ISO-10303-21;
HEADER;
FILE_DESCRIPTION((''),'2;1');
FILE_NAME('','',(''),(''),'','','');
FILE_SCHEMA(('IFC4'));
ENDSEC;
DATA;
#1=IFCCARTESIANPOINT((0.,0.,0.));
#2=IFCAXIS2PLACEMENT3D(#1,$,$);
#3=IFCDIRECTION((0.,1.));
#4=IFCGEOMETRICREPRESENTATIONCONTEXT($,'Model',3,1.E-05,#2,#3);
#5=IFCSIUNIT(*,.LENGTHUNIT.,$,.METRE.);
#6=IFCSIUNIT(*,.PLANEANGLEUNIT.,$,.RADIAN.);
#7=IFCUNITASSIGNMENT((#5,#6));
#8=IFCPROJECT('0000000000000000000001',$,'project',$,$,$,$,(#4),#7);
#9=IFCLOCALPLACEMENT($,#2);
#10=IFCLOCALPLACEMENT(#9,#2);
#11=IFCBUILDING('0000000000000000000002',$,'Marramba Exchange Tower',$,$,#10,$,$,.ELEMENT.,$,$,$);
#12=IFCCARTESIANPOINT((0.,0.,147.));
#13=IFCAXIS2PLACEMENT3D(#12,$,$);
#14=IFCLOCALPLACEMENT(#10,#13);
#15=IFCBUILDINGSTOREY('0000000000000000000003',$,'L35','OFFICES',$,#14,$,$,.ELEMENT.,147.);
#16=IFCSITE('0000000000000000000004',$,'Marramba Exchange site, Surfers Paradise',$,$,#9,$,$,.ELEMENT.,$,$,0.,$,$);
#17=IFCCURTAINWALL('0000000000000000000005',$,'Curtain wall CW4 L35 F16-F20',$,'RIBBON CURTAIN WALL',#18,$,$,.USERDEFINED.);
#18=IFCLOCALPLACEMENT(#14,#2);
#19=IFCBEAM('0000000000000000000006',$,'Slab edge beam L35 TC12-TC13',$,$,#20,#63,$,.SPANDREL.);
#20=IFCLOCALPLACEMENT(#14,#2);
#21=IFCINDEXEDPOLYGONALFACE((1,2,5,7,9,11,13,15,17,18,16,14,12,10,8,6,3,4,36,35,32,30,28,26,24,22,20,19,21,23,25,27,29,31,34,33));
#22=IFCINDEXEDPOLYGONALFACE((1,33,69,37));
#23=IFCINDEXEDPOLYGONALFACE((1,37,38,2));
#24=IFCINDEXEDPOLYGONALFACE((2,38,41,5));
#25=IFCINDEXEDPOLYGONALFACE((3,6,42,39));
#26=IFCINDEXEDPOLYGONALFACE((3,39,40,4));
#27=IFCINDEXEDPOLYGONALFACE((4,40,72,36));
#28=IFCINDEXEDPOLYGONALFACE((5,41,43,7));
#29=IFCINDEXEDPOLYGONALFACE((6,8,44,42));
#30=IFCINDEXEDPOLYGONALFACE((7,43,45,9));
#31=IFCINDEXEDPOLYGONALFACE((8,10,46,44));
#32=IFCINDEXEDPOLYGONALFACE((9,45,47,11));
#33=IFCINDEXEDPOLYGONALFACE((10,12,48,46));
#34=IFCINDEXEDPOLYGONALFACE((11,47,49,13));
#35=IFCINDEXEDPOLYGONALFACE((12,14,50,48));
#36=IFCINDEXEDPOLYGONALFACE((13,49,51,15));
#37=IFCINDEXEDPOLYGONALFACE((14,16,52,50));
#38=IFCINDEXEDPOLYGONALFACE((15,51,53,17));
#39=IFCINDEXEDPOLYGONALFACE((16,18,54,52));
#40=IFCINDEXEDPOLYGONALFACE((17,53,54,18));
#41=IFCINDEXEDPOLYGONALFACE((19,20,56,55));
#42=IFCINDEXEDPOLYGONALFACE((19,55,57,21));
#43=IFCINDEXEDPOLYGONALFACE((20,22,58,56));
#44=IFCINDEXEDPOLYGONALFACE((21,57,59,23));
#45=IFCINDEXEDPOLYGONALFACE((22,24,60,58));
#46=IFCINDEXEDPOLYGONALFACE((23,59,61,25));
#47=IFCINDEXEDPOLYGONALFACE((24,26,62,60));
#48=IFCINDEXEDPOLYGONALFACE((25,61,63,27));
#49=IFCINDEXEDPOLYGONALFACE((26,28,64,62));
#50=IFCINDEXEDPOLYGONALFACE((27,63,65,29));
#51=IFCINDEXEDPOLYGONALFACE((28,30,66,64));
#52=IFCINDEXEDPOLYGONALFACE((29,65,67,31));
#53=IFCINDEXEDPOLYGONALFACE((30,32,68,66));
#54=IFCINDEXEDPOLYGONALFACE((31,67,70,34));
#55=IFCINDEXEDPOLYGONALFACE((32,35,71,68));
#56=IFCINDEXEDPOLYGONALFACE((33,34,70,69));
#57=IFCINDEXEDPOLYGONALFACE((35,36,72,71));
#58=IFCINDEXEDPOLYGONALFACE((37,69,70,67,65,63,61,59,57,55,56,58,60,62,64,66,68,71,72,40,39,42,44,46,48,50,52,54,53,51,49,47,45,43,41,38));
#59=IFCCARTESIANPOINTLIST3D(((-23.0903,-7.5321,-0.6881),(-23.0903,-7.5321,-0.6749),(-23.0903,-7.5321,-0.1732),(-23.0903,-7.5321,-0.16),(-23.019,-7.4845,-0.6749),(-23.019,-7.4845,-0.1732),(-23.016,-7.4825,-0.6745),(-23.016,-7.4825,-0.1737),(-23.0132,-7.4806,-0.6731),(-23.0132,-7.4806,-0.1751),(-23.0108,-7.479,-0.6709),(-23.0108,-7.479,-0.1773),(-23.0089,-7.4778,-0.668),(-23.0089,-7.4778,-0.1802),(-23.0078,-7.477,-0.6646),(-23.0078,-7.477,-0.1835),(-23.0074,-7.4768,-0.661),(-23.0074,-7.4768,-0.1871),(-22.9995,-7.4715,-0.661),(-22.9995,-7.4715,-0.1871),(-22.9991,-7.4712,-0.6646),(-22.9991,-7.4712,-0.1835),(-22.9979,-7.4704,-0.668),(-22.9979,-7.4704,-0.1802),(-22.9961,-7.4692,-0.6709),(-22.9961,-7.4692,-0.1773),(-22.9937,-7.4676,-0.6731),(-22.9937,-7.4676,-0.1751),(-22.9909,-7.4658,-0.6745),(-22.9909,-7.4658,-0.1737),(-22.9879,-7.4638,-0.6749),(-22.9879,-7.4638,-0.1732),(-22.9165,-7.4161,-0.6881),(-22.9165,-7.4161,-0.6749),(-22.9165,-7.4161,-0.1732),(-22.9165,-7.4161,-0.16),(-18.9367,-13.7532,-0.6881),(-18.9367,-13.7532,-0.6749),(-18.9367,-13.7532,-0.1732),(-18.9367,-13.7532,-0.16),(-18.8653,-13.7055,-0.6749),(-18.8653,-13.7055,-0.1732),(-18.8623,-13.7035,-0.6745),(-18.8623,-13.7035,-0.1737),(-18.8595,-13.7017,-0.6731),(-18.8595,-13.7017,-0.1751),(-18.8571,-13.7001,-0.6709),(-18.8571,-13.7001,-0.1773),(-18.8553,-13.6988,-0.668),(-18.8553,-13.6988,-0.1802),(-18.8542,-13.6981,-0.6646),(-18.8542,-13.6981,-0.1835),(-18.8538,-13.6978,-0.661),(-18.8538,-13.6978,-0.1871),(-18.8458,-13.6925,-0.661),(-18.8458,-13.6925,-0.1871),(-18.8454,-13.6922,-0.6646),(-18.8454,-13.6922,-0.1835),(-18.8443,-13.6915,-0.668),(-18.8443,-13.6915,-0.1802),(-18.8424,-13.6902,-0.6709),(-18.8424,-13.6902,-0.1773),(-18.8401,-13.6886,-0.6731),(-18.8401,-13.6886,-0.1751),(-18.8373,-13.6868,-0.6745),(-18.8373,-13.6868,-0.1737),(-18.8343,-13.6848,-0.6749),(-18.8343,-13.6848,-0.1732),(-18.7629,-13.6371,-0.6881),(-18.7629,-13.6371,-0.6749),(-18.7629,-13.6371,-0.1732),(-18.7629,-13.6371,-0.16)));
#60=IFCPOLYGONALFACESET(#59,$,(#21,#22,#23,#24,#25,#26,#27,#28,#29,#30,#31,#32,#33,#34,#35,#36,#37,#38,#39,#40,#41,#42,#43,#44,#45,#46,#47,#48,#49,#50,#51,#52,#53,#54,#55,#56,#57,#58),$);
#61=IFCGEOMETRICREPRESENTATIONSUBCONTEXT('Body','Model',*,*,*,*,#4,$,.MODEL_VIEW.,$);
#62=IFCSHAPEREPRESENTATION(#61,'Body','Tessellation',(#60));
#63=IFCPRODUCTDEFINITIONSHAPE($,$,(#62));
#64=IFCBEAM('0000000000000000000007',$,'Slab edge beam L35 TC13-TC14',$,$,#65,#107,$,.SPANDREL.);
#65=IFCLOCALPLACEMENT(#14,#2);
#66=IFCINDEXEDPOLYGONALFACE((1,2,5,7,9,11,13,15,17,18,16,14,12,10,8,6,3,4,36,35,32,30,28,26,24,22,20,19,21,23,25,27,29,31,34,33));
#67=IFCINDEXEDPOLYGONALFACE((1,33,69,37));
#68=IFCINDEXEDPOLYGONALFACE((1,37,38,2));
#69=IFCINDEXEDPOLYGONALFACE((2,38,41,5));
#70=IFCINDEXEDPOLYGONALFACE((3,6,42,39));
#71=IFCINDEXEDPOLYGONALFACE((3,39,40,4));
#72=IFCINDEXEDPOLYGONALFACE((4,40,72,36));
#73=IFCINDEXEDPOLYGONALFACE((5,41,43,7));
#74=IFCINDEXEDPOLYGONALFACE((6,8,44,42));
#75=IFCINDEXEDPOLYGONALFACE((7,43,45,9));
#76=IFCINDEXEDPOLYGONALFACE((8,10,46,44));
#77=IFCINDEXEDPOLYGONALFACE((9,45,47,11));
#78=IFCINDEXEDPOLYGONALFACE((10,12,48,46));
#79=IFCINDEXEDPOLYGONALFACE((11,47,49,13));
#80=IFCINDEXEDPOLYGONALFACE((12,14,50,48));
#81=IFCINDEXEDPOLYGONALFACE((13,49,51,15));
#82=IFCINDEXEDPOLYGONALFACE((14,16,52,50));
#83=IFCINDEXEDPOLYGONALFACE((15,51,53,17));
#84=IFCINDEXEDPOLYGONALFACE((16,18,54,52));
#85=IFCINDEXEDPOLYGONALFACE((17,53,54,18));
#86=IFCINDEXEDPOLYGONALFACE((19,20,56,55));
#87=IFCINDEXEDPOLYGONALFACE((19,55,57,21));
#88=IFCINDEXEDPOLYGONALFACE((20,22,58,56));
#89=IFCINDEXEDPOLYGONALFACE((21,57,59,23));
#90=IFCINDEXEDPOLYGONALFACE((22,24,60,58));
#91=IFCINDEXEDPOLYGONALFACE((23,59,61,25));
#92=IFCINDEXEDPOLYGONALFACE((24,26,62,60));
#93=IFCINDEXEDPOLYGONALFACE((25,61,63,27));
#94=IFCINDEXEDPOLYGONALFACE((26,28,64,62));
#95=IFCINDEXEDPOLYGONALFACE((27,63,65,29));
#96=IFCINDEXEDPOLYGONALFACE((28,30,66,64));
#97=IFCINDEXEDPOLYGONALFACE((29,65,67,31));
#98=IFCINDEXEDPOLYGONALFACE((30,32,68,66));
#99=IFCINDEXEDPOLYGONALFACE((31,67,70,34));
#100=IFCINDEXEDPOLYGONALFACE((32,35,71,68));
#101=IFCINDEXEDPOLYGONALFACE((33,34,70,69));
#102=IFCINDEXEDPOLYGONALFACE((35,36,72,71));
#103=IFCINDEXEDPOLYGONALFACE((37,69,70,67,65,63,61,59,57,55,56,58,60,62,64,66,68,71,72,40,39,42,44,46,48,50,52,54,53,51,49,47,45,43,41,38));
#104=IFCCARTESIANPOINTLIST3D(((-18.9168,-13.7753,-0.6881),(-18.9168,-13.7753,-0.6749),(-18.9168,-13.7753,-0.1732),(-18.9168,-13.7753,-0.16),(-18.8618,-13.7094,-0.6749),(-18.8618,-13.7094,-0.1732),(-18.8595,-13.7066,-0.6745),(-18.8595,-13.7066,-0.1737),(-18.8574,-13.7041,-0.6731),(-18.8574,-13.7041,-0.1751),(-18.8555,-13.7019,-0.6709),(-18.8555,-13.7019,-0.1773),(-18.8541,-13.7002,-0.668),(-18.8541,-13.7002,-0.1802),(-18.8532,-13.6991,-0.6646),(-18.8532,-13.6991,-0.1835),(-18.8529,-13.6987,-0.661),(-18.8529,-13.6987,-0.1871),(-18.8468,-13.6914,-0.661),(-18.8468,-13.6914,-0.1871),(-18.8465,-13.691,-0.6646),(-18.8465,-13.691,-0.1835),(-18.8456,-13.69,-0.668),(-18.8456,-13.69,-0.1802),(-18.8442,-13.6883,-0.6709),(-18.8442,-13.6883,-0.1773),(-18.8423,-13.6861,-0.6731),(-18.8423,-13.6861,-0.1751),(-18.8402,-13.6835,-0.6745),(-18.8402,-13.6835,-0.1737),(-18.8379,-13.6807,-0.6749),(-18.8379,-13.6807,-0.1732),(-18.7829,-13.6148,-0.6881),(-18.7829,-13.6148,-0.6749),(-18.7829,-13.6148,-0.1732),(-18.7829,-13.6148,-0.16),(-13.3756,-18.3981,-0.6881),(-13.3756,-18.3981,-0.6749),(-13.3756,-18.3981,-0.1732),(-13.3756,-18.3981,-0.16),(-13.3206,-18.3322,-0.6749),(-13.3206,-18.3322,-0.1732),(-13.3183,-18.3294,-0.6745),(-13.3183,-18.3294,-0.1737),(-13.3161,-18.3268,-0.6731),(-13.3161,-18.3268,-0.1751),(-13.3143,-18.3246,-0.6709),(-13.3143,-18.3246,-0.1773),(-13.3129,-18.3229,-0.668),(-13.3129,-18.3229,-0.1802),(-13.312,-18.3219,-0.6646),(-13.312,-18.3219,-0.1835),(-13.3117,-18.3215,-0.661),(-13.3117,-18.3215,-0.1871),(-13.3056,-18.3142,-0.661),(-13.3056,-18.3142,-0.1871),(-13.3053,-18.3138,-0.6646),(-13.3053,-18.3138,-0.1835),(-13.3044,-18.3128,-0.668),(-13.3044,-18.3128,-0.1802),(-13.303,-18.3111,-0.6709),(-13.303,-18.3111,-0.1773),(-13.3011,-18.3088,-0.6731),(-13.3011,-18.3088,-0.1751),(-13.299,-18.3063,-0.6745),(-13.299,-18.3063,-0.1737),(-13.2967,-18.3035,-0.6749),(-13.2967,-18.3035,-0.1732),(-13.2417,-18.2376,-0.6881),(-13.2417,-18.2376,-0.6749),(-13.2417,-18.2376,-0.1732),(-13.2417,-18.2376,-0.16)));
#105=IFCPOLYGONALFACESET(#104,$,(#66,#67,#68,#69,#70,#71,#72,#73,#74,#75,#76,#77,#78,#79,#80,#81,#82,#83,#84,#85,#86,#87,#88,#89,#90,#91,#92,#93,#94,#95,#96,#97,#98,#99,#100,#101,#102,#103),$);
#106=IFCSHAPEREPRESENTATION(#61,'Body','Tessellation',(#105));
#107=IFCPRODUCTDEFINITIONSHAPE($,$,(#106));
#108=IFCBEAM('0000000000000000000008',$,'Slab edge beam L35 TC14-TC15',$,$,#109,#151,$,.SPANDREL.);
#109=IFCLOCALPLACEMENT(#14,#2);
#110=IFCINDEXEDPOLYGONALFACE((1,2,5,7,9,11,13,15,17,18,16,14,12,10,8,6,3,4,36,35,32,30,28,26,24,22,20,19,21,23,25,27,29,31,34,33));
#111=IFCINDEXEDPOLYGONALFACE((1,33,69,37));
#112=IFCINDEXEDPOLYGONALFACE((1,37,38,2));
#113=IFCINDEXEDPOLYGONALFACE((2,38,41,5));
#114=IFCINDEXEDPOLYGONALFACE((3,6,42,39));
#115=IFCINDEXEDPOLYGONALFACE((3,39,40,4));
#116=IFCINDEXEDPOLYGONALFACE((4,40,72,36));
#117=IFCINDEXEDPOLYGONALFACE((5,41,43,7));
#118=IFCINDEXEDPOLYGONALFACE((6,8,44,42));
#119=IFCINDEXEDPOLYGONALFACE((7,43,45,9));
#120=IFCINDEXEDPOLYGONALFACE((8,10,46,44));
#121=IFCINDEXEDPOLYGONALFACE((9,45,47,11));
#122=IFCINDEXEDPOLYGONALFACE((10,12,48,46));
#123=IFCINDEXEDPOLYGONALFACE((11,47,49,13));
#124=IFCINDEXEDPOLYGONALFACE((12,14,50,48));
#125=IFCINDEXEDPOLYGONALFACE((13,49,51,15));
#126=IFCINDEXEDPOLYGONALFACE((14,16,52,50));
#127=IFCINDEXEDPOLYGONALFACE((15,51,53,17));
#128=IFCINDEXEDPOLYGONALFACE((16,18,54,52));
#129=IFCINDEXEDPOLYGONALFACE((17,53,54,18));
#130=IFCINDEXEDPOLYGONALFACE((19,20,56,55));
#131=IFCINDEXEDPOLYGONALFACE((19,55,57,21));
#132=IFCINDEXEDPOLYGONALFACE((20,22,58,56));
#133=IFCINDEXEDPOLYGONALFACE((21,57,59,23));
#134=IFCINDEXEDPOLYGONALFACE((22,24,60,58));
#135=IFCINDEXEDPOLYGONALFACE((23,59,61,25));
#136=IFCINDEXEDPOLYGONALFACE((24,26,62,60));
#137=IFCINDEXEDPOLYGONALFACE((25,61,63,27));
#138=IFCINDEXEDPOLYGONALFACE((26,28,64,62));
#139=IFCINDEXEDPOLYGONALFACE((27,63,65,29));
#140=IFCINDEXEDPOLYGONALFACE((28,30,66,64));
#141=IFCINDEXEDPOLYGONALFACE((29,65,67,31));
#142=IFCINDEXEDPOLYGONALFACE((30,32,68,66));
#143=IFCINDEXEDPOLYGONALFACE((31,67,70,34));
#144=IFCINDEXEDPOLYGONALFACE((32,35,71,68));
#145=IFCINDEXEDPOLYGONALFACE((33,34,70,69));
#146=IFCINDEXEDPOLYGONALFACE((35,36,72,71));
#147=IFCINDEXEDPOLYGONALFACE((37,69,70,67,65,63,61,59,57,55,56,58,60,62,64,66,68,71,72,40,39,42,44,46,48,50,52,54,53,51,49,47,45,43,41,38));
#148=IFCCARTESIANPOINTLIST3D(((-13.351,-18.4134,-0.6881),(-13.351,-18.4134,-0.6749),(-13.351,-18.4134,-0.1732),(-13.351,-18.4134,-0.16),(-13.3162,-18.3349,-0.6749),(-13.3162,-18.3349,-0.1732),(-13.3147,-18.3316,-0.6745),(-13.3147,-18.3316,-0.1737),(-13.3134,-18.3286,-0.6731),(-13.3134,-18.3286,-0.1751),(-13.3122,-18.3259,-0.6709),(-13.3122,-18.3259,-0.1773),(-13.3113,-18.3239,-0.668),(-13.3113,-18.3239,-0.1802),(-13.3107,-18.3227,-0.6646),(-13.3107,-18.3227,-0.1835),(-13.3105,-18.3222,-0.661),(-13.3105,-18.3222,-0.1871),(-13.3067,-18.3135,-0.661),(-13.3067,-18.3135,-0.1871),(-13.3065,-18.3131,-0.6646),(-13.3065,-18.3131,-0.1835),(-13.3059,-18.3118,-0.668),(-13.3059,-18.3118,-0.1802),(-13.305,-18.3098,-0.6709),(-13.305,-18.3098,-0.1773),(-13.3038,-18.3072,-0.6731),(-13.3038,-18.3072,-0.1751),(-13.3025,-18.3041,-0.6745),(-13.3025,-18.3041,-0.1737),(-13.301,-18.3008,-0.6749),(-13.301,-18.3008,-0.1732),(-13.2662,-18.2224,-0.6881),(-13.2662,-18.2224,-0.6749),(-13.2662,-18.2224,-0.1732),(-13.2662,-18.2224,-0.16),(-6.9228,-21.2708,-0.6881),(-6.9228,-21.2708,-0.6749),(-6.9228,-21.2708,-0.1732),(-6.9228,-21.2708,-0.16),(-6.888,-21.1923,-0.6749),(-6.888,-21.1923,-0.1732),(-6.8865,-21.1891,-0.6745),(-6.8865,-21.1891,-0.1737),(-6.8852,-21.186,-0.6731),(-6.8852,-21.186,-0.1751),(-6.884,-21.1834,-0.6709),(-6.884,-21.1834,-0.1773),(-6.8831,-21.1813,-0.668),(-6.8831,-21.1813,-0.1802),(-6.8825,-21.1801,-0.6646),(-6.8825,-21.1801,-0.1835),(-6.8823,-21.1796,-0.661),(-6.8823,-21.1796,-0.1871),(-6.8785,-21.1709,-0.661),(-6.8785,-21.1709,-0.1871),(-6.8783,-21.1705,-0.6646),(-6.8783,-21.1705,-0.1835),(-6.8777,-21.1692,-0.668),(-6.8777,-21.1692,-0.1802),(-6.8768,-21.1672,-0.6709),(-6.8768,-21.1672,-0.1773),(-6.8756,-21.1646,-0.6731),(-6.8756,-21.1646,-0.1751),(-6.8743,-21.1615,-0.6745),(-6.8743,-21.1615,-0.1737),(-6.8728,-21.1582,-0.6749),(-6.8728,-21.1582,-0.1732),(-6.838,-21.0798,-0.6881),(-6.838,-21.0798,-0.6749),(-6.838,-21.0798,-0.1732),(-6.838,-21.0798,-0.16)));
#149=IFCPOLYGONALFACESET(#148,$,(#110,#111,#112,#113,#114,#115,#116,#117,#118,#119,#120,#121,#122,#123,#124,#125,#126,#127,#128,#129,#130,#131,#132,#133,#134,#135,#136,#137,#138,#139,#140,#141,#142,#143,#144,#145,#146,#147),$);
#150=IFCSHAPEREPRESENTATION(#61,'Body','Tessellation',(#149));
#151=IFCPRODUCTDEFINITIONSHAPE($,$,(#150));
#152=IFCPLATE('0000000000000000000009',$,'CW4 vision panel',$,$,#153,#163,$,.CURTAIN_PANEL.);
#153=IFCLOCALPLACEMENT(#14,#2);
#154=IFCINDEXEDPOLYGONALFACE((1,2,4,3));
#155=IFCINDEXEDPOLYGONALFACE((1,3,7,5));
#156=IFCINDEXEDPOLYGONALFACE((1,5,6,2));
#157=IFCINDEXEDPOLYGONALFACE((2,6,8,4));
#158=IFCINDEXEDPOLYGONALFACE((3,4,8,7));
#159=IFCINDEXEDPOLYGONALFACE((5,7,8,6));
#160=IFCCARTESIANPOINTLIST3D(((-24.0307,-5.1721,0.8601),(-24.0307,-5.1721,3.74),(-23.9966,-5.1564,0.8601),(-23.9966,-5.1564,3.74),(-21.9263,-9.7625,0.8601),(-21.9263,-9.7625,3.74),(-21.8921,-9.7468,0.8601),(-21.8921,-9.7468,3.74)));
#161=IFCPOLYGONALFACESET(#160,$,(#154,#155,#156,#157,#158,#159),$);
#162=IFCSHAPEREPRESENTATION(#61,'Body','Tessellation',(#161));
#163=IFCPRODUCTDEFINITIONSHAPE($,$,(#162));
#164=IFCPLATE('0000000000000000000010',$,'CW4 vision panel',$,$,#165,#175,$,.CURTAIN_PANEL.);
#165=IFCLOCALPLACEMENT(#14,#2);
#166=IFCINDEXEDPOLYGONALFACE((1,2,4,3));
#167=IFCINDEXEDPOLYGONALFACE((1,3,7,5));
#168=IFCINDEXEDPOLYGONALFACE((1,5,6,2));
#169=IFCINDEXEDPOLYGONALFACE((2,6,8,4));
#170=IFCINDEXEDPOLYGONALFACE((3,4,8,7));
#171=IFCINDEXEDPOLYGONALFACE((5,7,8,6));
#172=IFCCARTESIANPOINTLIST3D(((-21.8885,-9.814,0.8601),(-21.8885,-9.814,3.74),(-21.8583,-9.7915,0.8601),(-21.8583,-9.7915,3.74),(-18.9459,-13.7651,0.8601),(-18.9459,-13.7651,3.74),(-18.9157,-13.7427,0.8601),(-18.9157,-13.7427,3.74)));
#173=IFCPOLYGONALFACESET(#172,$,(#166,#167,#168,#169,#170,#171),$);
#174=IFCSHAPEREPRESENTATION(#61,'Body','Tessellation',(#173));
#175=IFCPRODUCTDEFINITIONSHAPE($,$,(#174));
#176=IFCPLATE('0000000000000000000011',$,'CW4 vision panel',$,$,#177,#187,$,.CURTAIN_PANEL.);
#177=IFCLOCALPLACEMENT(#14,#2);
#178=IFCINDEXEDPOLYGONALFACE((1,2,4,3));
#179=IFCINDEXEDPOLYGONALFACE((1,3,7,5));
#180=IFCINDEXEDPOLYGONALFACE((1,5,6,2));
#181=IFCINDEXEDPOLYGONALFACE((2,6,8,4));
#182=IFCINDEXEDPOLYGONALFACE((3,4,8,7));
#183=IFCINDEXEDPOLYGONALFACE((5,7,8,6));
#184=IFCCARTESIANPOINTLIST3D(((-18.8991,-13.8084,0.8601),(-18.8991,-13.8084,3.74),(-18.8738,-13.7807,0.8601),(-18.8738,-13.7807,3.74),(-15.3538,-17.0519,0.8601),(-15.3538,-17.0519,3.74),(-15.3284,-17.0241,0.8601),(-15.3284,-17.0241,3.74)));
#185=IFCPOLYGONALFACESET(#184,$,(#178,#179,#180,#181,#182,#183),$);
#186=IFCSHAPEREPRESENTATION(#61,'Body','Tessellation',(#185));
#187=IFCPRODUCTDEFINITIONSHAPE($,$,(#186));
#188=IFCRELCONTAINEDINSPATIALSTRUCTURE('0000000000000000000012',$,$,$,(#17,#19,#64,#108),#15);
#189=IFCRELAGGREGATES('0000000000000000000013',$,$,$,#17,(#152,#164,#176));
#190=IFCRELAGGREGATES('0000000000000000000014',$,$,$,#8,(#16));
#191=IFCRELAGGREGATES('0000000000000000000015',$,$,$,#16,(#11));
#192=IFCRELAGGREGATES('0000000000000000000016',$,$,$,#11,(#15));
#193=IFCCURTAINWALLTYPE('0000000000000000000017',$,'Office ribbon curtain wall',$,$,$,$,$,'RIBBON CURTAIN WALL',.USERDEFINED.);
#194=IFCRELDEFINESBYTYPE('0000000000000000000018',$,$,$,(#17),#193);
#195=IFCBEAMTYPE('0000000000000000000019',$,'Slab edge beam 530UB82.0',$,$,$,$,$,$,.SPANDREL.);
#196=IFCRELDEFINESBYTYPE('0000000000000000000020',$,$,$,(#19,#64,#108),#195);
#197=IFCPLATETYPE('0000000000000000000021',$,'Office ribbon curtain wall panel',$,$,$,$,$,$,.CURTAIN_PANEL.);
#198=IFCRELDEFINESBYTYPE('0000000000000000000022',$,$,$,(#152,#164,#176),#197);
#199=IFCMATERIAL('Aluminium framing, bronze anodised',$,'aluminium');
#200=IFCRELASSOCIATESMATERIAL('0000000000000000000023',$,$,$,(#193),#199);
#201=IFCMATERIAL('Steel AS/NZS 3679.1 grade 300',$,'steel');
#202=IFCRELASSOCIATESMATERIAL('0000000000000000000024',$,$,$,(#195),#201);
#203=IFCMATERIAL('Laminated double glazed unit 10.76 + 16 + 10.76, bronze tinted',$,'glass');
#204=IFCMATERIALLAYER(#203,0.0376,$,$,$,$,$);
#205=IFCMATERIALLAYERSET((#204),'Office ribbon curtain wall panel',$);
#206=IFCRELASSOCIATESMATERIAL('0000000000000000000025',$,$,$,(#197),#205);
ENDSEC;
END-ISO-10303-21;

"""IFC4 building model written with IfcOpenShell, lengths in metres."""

from ifc_helpers import new_model, si_unit, direction, frame, origin, origin_2d, place, context, subcontext, project, spatial, rectangle, i_section, extrude, material, layer, layer_set, material_profile, profile_set, type_object, element, aggregate, save


model = new_model("IFC4")

# Units and contexts
model_context = context("Model", 3, precision=1e-05, world=origin(), true_north=direction((0.0, 1.0)))
body_context = subcontext(model_context, "Body", "Model", "MODEL_VIEW")
ifc_project = project(units=[si_unit("LENGTHUNIT", "METRE"), si_unit("PLANEANGLEUNIT", "RADIAN")], contexts=[model_context])

# Site, building, storey
site_placement = place(None, origin())
site = spatial("IfcSite", under=ifc_project, at=site_placement, Name="Marramba Exchange site, Surfers Paradise", CompositionType="ELEMENT", RefElevation=0.0)
building_placement = place(site_placement, origin())
building = spatial("IfcBuilding", under=site, at=building_placement, Name="Marramba Exchange Tower", CompositionType="ELEMENT")
storey_placement = place(building_placement, frame((0.0, 0.0, 147.0)))
storey = spatial("IfcBuildingStorey", under=building, at=storey_placement, Name="L35", Description="OFFICES", CompositionType="ELEMENT", Elevation=147.0)

# Curtain wall
ifc_material_1 = material(Name="Aluminium framing, bronze anodised", Category="aluminium")
curtain_wall_type = type_object("IfcCurtainWallType", Name="Office ribbon curtain wall", ElementType="RIBBON CURTAIN WALL", PredefinedType="USERDEFINED", material=ifc_material_1)
curtain_wall_placement = place(storey_placement, origin())
curtain_wall = element("IfcCurtainWall", 1, at=curtain_wall_placement, inside=storey, type_object=curtain_wall_type, Name="Curtain wall CW4 L35 F16-F20", ObjectType="RIBBON CURTAIN WALL", PredefinedType="USERDEFINED")

# Beams
ifc_material_2 = material(Name="Steel AS/NZS 3679.1 grade 300", Category="steel")
ifc_material_profile_1 = material_profile(ifc_material_2, i_section(OverallWidth=0.209, OverallDepth=0.5281, WebThickness=0.0095, FlangeThickness=0.0132, FilletRadius=0.0139, at=origin_2d()), Name="530UB82.0")
ifc_profile_set_1 = profile_set([ifc_material_profile_1], Name="Steel AS/NZS 3679.1 grade 300")
beam_type_1 = type_object("IfcBeamType", Name="Slab edge beam 530UB82.0", PredefinedType="SPANDREL", material=ifc_profile_set_1)
beam_1_placement = place(storey_placement, frame((-23.0034, -7.4741, -0.4241), z_axis=(0.55528, -0.831663, 0.0), x_axis=(0.831663, 0.55528, 0.0)))
element("IfcBeam", 2, at=beam_1_placement, inside=storey, type_object=beam_type_1, Name="Slab edge beam L35 TC12-TC13", PredefinedType="SPANDREL", context=body_context, shape_type="SweptSolid", body=[
    extrude(i_section(OverallWidth=0.209, OverallDepth=0.5281, WebThickness=0.0095, FlangeThickness=0.0132, FilletRadius=0.0139, at=origin_2d()), origin(), (0.0, 0.0, 1.0), 7.4802),
])
beam_2_placement = place(storey_placement, frame((-18.8499, -13.6951, -0.4241), z_axis=(0.767875, -0.6406, 0.0), x_axis=(0.6406, 0.767875, 0.0)))
element("IfcBeam", 3, at=beam_2_placement, inside=storey, type_object=beam_type_1, Name="Slab edge beam L35 TC13-TC14", PredefinedType="SPANDREL", context=body_context, shape_type="SweptSolid", body=[
    extrude(i_section(OverallWidth=0.209, OverallDepth=0.5281, WebThickness=0.0095, FlangeThickness=0.0132, FilletRadius=0.0139, at=origin_2d()), origin(), (0.0, 0.0, 1.0), 7.2163),
])
beam_3_placement = place(storey_placement, frame((-13.3086, -18.3179, -0.4241), z_axis=(0.913789, -0.40619, 0.0), x_axis=(0.40619, 0.913789, 0.0)))
element("IfcBeam", 4, at=beam_3_placement, inside=storey, type_object=beam_type_1, Name="Slab edge beam L35 TC14-TC15", PredefinedType="SPANDREL", context=body_context, shape_type="SweptSolid", body=[
    extrude(i_section(OverallWidth=0.209, OverallDepth=0.5281, WebThickness=0.0095, FlangeThickness=0.0132, FilletRadius=0.0139, at=origin_2d()), origin(), (0.0, 0.0, 1.0), 7.0347),
])

# Plates
ifc_material_3 = material(Name="Laminated double glazed unit 10.76 + 16 + 10.76, bronze tinted", Category="glass")
ifc_layer_1 = layer(ifc_material_3, 0.0376)
ifc_layer_set_1 = layer_set([ifc_layer_1], Name="Office ribbon curtain wall panel")
plate_type = type_object("IfcPlateType", Name="Office ribbon curtain wall panel", PredefinedType="CURTAIN_PANEL", material=ifc_layer_set_1)
plate_1_placement = place(storey_placement, frame((-22.9614, -7.4595, 0.8601), z_axis=(0.0, 0.0, 1.0), x_axis=(0.416738, -0.909027, 0.0)))
plate_1 = element("IfcPlate", 5, at=plate_1_placement, type_object=plate_type, Name="CW4 vision panel", PredefinedType="CURTAIN_PANEL", context=body_context, shape_type="SweptSolid", body=[
    extrude(rectangle(XDim=5.0498, YDim=0.0376, at=origin_2d()), origin(), (0.0, 0.0, 1.0), 2.8799),
])
plate_2_placement = place(storey_placement, frame((-20.4021, -11.7783, 0.8601), z_axis=(0.0, 0.0, 1.0), x_axis=(0.597305, -0.802014, 0.0)))
plate_2 = element("IfcPlate", 6, at=plate_2_placement, type_object=plate_type, Name="CW4 vision panel", PredefinedType="CURTAIN_PANEL", context=body_context, shape_type="SweptSolid", body=[
    extrude(rectangle(XDim=4.9265, YDim=0.0376, at=origin_2d()), origin(), (0.0, 0.0, 1.0), 2.8799),
])
plate_3_placement = place(storey_placement, frame((-17.1138, -15.4163, 0.8601), z_axis=(0.0, 0.0, 1.0), x_axis=(0.737822, -0.674995, 0.0)))
plate_3 = element("IfcPlate", 7, at=plate_3_placement, type_object=plate_type, Name="CW4 vision panel", PredefinedType="CURTAIN_PANEL", context=body_context, shape_type="SweptSolid", body=[
    extrude(rectangle(XDim=4.8052, YDim=0.0376, at=origin_2d()), origin(), (0.0, 0.0, 1.0), 2.8799),
])
aggregate(curtain_wall, [plate_1, plate_2, plate_3])

save(model, "model.ifc")
